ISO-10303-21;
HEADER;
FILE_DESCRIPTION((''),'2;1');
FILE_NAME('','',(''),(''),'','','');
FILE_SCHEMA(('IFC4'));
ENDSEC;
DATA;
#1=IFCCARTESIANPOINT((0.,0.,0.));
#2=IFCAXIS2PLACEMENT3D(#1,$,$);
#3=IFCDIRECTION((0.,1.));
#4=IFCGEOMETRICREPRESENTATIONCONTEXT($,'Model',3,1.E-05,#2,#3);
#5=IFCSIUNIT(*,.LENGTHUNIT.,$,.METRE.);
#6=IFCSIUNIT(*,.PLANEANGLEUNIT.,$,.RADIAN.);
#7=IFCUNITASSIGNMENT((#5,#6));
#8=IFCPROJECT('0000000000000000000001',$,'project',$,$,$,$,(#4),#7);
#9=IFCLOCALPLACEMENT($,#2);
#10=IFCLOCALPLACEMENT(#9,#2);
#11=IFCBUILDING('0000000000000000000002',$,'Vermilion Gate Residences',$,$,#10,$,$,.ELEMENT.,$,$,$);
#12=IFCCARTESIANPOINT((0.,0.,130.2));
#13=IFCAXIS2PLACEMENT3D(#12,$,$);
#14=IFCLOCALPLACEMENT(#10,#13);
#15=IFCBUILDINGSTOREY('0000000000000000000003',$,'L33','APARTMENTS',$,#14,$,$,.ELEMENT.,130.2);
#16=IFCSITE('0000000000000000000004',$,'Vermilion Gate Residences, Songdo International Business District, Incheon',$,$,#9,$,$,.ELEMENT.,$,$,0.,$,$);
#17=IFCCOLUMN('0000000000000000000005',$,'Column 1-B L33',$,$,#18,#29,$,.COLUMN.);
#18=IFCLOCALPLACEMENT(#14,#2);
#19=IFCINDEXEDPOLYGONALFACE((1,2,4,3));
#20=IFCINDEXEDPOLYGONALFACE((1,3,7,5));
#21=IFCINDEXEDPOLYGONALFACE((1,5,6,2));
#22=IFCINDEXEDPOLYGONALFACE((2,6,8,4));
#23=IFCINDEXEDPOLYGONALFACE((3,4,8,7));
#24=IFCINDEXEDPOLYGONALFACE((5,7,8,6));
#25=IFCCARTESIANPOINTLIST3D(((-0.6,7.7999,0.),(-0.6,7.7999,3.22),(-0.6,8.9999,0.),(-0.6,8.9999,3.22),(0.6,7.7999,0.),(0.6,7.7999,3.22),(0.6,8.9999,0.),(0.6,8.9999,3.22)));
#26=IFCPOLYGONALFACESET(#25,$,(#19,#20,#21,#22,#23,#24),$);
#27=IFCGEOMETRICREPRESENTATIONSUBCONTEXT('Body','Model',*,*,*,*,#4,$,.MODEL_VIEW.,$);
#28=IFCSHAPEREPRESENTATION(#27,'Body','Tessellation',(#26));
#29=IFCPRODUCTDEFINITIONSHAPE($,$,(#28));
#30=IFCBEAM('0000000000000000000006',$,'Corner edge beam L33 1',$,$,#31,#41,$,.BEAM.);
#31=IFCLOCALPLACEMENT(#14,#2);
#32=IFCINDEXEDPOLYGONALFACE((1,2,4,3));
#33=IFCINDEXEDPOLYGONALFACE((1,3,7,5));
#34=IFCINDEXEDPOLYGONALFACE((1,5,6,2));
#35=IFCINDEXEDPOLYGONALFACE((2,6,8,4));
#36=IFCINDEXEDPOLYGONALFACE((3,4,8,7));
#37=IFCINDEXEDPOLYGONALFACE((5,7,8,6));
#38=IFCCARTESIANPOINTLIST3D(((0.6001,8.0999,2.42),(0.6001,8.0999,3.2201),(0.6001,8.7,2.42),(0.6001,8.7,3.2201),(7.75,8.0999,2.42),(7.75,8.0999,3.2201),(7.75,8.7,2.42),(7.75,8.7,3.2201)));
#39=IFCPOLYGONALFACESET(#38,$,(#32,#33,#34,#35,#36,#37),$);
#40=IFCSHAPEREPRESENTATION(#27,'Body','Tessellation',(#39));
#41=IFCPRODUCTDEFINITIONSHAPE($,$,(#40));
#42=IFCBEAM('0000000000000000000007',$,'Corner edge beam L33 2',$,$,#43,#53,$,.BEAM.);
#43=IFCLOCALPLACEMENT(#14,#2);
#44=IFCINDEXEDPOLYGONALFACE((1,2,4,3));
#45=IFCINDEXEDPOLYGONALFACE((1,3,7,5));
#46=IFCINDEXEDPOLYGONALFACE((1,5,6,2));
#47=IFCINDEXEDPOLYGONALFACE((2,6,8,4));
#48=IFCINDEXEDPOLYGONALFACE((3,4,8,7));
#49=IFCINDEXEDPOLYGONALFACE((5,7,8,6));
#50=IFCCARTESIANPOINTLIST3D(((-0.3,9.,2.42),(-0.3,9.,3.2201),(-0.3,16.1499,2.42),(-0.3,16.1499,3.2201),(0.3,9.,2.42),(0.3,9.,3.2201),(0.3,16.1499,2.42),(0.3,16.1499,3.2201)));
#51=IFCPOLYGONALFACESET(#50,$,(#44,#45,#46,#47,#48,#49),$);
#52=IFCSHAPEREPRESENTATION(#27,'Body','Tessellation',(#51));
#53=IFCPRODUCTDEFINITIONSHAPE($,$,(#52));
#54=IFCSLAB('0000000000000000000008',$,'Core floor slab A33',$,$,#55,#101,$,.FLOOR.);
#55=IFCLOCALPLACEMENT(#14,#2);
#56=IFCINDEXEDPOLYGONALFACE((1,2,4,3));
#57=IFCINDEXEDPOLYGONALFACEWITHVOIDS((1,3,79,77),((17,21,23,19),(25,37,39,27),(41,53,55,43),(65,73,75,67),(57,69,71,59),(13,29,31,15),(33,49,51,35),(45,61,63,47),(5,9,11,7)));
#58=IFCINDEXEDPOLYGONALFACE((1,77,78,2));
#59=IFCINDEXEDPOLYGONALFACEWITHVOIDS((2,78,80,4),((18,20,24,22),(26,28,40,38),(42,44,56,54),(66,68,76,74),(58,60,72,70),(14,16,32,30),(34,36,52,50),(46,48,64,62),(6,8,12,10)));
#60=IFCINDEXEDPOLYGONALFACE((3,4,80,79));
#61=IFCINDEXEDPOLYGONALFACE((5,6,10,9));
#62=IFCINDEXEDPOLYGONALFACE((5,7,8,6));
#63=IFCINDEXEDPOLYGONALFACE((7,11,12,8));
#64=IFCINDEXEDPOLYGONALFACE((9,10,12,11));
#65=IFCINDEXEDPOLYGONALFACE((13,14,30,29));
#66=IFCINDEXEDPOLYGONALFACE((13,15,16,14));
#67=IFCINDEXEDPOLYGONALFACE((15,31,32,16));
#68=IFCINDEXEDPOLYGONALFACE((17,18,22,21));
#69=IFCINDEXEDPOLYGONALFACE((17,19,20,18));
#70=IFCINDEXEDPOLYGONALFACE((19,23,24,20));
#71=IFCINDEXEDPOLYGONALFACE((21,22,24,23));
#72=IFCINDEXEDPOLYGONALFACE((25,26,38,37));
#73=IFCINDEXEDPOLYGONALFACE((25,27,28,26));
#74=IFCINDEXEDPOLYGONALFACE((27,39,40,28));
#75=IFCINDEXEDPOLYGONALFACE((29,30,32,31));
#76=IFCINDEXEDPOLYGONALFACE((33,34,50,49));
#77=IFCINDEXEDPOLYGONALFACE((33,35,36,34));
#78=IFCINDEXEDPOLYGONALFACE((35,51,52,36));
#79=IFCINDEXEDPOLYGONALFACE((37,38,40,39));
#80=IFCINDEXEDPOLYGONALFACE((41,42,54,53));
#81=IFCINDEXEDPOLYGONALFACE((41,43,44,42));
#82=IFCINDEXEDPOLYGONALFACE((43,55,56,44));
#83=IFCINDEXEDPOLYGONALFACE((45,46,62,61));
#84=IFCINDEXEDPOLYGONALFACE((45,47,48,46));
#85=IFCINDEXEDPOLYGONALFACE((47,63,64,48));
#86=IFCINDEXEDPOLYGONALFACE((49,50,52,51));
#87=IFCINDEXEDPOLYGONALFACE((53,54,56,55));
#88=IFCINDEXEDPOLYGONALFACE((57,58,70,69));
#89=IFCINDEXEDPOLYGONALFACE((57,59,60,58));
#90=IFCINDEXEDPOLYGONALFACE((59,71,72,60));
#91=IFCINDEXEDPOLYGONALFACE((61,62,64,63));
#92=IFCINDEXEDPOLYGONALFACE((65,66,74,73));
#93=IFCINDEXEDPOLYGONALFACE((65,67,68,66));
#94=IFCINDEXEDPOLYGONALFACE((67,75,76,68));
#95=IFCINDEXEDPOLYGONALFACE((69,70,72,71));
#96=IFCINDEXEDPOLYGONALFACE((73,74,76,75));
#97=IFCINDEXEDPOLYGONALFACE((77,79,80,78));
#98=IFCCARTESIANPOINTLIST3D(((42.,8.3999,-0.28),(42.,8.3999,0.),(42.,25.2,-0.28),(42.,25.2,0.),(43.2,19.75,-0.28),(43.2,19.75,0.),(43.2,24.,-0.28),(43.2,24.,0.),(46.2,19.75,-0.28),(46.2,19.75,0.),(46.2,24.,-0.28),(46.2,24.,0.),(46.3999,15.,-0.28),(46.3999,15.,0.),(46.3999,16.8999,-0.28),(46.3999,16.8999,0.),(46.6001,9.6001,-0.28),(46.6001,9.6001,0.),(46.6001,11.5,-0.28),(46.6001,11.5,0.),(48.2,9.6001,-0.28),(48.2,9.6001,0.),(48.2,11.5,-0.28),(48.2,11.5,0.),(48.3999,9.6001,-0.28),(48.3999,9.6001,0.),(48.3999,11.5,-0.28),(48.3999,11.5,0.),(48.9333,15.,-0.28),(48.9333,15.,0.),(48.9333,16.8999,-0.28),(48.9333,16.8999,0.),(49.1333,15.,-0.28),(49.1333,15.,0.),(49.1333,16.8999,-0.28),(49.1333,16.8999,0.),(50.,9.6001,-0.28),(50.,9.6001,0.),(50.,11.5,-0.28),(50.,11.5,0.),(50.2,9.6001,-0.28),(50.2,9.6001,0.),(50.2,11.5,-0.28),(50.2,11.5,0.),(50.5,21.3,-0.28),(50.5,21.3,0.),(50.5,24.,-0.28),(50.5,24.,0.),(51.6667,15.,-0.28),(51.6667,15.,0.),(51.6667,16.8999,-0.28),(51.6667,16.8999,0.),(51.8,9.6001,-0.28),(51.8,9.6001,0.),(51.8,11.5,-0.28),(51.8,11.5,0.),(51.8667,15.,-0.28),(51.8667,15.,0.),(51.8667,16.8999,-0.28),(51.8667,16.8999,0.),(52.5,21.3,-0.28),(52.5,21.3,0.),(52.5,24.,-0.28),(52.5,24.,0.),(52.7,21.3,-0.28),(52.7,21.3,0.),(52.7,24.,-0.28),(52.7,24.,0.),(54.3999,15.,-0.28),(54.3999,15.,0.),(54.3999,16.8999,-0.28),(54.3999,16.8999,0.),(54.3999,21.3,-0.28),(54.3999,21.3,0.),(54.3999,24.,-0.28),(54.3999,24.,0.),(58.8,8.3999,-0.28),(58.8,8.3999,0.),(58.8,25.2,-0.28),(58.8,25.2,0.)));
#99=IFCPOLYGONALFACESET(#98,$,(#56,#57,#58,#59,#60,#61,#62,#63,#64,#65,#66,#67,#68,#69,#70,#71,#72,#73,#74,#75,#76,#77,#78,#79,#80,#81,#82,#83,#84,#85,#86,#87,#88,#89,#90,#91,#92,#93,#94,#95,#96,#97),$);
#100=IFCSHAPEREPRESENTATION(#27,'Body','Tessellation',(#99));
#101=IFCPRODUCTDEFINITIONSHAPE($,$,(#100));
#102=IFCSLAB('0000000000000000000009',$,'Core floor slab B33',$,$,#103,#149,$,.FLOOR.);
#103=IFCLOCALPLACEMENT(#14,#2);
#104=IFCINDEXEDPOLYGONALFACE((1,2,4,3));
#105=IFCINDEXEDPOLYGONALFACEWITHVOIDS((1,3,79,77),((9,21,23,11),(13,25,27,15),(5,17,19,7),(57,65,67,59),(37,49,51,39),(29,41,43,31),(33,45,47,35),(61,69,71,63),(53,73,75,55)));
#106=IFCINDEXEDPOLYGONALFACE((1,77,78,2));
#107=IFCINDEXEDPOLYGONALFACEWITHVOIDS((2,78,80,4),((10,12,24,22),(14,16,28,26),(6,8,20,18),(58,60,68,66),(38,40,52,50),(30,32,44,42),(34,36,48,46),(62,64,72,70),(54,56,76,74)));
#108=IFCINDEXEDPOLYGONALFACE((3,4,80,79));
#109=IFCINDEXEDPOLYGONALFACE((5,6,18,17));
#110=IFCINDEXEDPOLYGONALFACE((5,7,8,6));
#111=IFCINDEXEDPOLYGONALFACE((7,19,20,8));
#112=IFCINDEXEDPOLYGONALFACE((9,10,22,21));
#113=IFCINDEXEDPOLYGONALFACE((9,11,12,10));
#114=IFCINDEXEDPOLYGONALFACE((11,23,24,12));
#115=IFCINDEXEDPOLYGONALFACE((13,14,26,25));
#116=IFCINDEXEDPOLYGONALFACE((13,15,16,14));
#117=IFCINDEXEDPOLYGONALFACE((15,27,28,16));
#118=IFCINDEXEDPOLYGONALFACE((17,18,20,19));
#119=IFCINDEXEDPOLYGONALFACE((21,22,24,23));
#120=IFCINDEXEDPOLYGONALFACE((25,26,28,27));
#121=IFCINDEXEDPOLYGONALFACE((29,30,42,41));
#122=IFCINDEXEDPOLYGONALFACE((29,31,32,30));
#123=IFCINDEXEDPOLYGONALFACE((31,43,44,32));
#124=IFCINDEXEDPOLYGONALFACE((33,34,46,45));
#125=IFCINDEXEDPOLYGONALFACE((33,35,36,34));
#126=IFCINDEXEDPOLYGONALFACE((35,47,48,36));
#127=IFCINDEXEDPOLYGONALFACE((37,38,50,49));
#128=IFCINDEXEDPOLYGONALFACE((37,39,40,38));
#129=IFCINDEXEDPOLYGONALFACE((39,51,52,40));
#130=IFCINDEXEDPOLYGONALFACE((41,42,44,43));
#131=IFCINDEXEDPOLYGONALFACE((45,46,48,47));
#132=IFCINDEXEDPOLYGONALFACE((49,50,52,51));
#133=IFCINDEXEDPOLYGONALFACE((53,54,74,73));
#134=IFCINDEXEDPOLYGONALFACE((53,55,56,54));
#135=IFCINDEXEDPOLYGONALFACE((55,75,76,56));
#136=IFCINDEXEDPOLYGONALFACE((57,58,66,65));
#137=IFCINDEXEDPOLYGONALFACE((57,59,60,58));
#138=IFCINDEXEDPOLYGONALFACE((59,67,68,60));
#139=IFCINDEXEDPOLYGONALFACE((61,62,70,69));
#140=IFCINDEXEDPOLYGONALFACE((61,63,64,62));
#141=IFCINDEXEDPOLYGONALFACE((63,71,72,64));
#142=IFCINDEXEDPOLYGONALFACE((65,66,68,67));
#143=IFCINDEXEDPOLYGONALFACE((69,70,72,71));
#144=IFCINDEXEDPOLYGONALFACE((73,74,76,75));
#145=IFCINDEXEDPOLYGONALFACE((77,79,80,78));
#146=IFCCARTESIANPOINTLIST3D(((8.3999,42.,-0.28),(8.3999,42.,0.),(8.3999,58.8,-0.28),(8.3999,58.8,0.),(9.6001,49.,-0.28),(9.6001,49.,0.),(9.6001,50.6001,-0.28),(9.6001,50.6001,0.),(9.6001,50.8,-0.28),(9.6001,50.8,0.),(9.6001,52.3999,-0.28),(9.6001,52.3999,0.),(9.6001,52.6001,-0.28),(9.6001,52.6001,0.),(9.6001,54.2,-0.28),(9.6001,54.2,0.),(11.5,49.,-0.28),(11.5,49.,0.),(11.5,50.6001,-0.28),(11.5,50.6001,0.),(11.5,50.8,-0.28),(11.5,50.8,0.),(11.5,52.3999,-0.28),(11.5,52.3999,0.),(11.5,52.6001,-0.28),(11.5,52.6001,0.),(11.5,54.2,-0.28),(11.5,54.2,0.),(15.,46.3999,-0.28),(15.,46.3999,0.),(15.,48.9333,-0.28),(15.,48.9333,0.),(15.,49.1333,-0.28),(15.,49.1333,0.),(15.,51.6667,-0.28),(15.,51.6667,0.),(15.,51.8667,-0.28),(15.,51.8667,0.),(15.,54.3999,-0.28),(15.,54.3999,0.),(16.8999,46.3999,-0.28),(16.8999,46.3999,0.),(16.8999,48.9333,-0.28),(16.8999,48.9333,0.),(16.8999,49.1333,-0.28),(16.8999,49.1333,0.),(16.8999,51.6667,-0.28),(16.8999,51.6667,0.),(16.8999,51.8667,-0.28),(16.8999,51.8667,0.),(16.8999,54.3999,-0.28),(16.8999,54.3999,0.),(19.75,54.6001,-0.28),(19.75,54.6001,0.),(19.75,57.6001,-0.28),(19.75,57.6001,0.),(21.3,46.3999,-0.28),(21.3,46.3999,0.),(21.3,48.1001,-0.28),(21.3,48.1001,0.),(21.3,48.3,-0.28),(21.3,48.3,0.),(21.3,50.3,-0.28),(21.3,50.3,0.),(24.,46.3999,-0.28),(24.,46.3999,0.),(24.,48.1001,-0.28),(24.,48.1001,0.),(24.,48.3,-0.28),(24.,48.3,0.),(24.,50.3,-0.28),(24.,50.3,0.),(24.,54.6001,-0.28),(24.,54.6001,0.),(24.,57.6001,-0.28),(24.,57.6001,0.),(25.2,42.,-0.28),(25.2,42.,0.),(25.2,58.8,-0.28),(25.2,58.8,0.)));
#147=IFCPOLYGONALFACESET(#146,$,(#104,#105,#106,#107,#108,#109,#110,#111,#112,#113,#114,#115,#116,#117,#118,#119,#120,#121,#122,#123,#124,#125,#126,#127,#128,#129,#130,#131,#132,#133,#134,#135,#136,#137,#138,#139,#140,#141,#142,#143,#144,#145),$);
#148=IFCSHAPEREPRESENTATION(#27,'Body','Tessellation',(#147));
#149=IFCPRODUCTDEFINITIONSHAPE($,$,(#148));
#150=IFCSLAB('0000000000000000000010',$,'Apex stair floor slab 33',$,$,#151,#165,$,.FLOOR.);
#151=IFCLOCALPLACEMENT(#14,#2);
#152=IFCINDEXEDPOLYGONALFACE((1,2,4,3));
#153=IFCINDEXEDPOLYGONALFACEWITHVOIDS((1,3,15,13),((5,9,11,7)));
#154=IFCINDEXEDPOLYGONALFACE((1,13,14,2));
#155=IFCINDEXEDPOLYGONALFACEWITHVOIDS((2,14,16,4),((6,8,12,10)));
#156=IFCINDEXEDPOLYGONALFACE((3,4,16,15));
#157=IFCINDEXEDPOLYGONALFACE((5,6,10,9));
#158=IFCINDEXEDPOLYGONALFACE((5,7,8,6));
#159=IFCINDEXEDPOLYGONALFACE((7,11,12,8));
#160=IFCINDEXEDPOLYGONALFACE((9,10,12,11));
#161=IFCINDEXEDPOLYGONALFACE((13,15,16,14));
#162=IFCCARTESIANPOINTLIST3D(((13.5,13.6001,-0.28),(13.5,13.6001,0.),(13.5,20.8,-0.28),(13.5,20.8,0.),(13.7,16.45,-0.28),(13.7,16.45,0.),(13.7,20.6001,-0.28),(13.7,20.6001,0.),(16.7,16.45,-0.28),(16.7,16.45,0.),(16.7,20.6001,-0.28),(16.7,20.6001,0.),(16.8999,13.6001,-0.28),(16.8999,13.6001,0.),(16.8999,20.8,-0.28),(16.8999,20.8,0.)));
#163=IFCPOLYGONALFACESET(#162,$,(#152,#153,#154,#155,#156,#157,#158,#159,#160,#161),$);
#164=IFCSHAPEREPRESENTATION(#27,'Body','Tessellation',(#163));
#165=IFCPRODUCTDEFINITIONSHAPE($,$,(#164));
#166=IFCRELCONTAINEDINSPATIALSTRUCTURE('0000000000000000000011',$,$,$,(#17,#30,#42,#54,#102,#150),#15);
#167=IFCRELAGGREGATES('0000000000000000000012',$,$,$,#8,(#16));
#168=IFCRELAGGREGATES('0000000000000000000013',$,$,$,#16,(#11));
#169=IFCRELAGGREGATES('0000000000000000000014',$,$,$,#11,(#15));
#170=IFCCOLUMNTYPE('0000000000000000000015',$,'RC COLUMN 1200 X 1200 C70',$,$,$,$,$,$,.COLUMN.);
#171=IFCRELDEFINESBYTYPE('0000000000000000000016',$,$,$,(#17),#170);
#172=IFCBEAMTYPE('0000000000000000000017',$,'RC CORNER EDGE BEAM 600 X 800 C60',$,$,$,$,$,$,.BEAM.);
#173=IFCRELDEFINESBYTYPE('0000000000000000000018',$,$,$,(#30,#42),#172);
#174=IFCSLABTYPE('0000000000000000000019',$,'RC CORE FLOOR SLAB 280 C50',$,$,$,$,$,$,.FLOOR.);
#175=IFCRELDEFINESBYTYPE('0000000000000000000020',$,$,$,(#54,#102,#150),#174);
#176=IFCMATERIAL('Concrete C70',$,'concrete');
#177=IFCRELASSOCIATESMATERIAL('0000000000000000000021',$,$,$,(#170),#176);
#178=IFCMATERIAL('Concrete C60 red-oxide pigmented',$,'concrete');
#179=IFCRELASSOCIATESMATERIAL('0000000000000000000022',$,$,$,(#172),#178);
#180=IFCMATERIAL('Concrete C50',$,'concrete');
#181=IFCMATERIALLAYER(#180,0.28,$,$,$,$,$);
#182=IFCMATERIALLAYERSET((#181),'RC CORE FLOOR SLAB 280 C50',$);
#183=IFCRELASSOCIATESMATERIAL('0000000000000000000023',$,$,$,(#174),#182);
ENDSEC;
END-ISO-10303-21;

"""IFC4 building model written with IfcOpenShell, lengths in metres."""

from ifc_helpers import new_model, si_unit, direction, frame, origin, origin_2d, place, context, subcontext, project, spatial, polyline, rectangle, outline, extrude, material, layer, layer_set, material_profile, profile_set, type_object, element, save


model = new_model("IFC4")

# Units and contexts
model_context = context("Model", 3, precision=1e-05, world=origin(), true_north=direction((0.0, 1.0)))
body_context = subcontext(model_context, "Body", "Model", "MODEL_VIEW")
ifc_project = project(units=[si_unit("LENGTHUNIT", "METRE"), si_unit("PLANEANGLEUNIT", "RADIAN")], contexts=[model_context])

# Site, building, storey
site_placement = place(None, origin())
site = spatial("IfcSite", under=ifc_project, at=site_placement, Name="Vermilion Gate Residences, Songdo International Business District, Incheon", CompositionType="ELEMENT", RefElevation=0.0)
building_placement = place(site_placement, origin())
building = spatial("IfcBuilding", under=site, at=building_placement, Name="Vermilion Gate Residences", CompositionType="ELEMENT")
storey_placement = place(building_placement, frame((0.0, 0.0, 130.2)))
storey = spatial("IfcBuildingStorey", under=building, at=storey_placement, Name="L33", Description="APARTMENTS", CompositionType="ELEMENT", Elevation=130.2)

# Column
ifc_material_1 = material(Name="Concrete C70", Category="concrete")
ifc_material_profile_1 = material_profile(ifc_material_1, rectangle(XDim=1.2, YDim=1.2, at=origin_2d()), Name="RC-1200x1200")
ifc_profile_set_1 = profile_set([ifc_material_profile_1], Name="Concrete C70")
column_type = type_object("IfcColumnType", Name="RC COLUMN 1200 X 1200 C70", PredefinedType="COLUMN", material=ifc_profile_set_1)
column_placement = place(storey_placement, frame((0.0, 8.3999, 0.0), z_axis=(0.0, 0.0, 1.0), x_axis=(1.0, 0.0, 0.0)))
element("IfcColumn", 1, at=column_placement, inside=storey, type_object=column_type, Name="Column 1-B L33", PredefinedType="COLUMN", context=body_context, shape_type="SweptSolid", body=[
    extrude(rectangle(XDim=1.2, YDim=1.2, at=origin_2d()), origin(), (0.0, 0.0, 1.0), 3.22),
])

# Beams
ifc_material_2 = material(Name="Concrete C60 red-oxide pigmented", Category="concrete")
ifc_material_profile_2 = material_profile(ifc_material_2, rectangle(XDim=0.6001, YDim=0.8, at=origin_2d()), Name="RC-600x800")
ifc_profile_set_2 = profile_set([ifc_material_profile_2], Name="Concrete C60 red-oxide pigmented")
beam_type = type_object("IfcBeamType", Name="RC CORNER EDGE BEAM 600 X 800 C60", PredefinedType="BEAM", material=ifc_profile_set_2)
for number, where, z_axis, x_axis, name in (
    (2, (0.6001, 8.3999, 2.8201), (1.0, 0.0, 0.0), (0.0, 1.0, 0.0), "Corner edge beam L33 1"),
    (3, (0.0, 9.0, 2.8201), (0.0, 1.0, 0.0), (-1.0, 0.0, 0.0), "Corner edge beam L33 2"),
):
    element("IfcBeam", number, at=place(storey_placement, frame(where, z_axis=z_axis, x_axis=x_axis)), inside=storey, type_object=beam_type, Name=name, PredefinedType="BEAM", context=body_context, shape_type="SweptSolid", body=[
        extrude(rectangle(XDim=0.6001, YDim=0.8, at=origin_2d()), origin(), (0.0, 0.0, 1.0), 7.1499),
    ])

# Slabs
ifc_material_3 = material(Name="Concrete C50", Category="concrete")
ifc_layer_1 = layer(ifc_material_3, 0.28)
ifc_layer_set_1 = layer_set([ifc_layer_1], Name="RC CORE FLOOR SLAB 280 C50")
slab_type_1 = type_object("IfcSlabType", Name="RC CORE FLOOR SLAB 280 C50", PredefinedType="FLOOR", material=ifc_layer_set_1)
slab_1_placement = place(storey_placement, frame((0.0, 0.0, -0.28)))
element("IfcSlab", 4, at=slab_1_placement, inside=storey, type_object=slab_type_1, Name="Core floor slab A33", PredefinedType="FLOOR", context=body_context, shape_type="SweptSolid", body=[
    extrude(outline(polyline([(42.0, 8.3999), (58.8, 8.3999), (58.8, 25.2), (42.0, 25.2), (42.0, 8.3999)]), holes=[polyline([(46.6001, 11.5), (48.2, 11.5), (48.2, 9.6001), (46.6001, 9.6001), (46.6001, 11.5)]), polyline([(48.3999, 11.5), (50.0, 11.5), (50.0, 9.6001), (48.3999, 9.6001), (48.3999, 11.5)]), polyline([(50.2, 11.5), (51.8, 11.5), (51.8, 9.6001), (50.2, 9.6001), (50.2, 11.5)]), polyline([(46.3999, 16.8999), (48.9333, 16.8999), (48.9333, 15.0), (46.3999, 15.0), (46.3999, 16.8999)]), polyline([(49.1333, 16.8999), (51.6667, 16.8999), (51.6667, 15.0), (49.1333, 15.0), (49.1333, 16.8999)]), polyline([(51.8667, 16.8999), (54.3999, 16.8999), (54.3999, 15.0), (51.8667, 15.0), (51.8667, 16.8999)]), polyline([(43.2, 24.0), (46.2, 24.0), (46.2, 19.75), (43.2, 19.75), (43.2, 24.0)]), polyline([(52.5, 24.0), (52.5, 21.3), (50.5, 21.3), (50.5, 24.0), (52.5, 24.0)]), polyline([(54.3999, 24.0), (54.3999, 21.3), (52.7, 21.3), (52.7, 24.0), (54.3999, 24.0)])]), origin(), (0.0, 0.0, 1.0), 0.28),
])
slab_2_placement = place(storey_placement, frame((0.0, 0.0, -0.28)))
element("IfcSlab", 5, at=slab_2_placement, inside=storey, type_object=slab_type_1, Name="Core floor slab B33", PredefinedType="FLOOR", context=body_context, shape_type="SweptSolid", body=[
    extrude(outline(polyline([(8.3999, 42.0), (25.2, 42.0), (25.2, 58.8), (8.3999, 58.8), (8.3999, 42.0)]), holes=[polyline([(21.3, 48.1001), (24.0, 48.1001), (24.0, 46.3999), (21.3, 46.3999), (21.3, 48.1001)]), polyline([(15.0, 48.9333), (16.8999, 48.9333), (16.8999, 46.3999), (15.0, 46.3999), (15.0, 48.9333)]), polyline([(21.3, 50.3), (24.0, 50.3), (24.0, 48.3), (21.3, 48.3), (21.3, 50.3)]), polyline([(9.6001, 50.6001), (11.5, 50.6001), (11.5, 49.0), (9.6001, 49.0), (9.6001, 50.6001)]), polyline([(15.0, 51.6667), (16.8999, 51.6667), (16.8999, 49.1333), (15.0, 49.1333), (15.0, 51.6667)]), polyline([(9.6001, 52.3999), (11.5, 52.3999), (11.5, 50.8), (9.6001, 50.8), (9.6001, 52.3999)]), polyline([(15.0, 54.3999), (16.8999, 54.3999), (16.8999, 51.8667), (15.0, 51.8667), (15.0, 54.3999)]), polyline([(11.5, 54.2), (11.5, 52.6001), (9.6001, 52.6001), (9.6001, 54.2), (11.5, 54.2)]), polyline([(24.0, 57.6001), (24.0, 54.6001), (19.75, 54.6001), (19.75, 57.6001), (24.0, 57.6001)])]), origin(), (0.0, 0.0, 1.0), 0.28),
])
slab_3_placement = place(storey_placement, frame((0.0, 0.0, -0.28)))
element("IfcSlab", 6, at=slab_3_placement, inside=storey, type_object=slab_type_1, Name="Apex stair floor slab 33", PredefinedType="FLOOR", context=body_context, shape_type="SweptSolid", body=[
    extrude(outline(polyline([(13.5, 13.6001), (16.8999, 13.6001), (16.8999, 20.8), (13.5, 20.8), (13.5, 13.6001)]), holes=[polyline([(16.7, 20.6001), (16.7, 16.45), (13.7, 16.45), (13.7, 20.6001), (16.7, 20.6001)])]), origin(), (0.0, 0.0, 1.0), 0.28),
])

save(model, "model.ifc")
